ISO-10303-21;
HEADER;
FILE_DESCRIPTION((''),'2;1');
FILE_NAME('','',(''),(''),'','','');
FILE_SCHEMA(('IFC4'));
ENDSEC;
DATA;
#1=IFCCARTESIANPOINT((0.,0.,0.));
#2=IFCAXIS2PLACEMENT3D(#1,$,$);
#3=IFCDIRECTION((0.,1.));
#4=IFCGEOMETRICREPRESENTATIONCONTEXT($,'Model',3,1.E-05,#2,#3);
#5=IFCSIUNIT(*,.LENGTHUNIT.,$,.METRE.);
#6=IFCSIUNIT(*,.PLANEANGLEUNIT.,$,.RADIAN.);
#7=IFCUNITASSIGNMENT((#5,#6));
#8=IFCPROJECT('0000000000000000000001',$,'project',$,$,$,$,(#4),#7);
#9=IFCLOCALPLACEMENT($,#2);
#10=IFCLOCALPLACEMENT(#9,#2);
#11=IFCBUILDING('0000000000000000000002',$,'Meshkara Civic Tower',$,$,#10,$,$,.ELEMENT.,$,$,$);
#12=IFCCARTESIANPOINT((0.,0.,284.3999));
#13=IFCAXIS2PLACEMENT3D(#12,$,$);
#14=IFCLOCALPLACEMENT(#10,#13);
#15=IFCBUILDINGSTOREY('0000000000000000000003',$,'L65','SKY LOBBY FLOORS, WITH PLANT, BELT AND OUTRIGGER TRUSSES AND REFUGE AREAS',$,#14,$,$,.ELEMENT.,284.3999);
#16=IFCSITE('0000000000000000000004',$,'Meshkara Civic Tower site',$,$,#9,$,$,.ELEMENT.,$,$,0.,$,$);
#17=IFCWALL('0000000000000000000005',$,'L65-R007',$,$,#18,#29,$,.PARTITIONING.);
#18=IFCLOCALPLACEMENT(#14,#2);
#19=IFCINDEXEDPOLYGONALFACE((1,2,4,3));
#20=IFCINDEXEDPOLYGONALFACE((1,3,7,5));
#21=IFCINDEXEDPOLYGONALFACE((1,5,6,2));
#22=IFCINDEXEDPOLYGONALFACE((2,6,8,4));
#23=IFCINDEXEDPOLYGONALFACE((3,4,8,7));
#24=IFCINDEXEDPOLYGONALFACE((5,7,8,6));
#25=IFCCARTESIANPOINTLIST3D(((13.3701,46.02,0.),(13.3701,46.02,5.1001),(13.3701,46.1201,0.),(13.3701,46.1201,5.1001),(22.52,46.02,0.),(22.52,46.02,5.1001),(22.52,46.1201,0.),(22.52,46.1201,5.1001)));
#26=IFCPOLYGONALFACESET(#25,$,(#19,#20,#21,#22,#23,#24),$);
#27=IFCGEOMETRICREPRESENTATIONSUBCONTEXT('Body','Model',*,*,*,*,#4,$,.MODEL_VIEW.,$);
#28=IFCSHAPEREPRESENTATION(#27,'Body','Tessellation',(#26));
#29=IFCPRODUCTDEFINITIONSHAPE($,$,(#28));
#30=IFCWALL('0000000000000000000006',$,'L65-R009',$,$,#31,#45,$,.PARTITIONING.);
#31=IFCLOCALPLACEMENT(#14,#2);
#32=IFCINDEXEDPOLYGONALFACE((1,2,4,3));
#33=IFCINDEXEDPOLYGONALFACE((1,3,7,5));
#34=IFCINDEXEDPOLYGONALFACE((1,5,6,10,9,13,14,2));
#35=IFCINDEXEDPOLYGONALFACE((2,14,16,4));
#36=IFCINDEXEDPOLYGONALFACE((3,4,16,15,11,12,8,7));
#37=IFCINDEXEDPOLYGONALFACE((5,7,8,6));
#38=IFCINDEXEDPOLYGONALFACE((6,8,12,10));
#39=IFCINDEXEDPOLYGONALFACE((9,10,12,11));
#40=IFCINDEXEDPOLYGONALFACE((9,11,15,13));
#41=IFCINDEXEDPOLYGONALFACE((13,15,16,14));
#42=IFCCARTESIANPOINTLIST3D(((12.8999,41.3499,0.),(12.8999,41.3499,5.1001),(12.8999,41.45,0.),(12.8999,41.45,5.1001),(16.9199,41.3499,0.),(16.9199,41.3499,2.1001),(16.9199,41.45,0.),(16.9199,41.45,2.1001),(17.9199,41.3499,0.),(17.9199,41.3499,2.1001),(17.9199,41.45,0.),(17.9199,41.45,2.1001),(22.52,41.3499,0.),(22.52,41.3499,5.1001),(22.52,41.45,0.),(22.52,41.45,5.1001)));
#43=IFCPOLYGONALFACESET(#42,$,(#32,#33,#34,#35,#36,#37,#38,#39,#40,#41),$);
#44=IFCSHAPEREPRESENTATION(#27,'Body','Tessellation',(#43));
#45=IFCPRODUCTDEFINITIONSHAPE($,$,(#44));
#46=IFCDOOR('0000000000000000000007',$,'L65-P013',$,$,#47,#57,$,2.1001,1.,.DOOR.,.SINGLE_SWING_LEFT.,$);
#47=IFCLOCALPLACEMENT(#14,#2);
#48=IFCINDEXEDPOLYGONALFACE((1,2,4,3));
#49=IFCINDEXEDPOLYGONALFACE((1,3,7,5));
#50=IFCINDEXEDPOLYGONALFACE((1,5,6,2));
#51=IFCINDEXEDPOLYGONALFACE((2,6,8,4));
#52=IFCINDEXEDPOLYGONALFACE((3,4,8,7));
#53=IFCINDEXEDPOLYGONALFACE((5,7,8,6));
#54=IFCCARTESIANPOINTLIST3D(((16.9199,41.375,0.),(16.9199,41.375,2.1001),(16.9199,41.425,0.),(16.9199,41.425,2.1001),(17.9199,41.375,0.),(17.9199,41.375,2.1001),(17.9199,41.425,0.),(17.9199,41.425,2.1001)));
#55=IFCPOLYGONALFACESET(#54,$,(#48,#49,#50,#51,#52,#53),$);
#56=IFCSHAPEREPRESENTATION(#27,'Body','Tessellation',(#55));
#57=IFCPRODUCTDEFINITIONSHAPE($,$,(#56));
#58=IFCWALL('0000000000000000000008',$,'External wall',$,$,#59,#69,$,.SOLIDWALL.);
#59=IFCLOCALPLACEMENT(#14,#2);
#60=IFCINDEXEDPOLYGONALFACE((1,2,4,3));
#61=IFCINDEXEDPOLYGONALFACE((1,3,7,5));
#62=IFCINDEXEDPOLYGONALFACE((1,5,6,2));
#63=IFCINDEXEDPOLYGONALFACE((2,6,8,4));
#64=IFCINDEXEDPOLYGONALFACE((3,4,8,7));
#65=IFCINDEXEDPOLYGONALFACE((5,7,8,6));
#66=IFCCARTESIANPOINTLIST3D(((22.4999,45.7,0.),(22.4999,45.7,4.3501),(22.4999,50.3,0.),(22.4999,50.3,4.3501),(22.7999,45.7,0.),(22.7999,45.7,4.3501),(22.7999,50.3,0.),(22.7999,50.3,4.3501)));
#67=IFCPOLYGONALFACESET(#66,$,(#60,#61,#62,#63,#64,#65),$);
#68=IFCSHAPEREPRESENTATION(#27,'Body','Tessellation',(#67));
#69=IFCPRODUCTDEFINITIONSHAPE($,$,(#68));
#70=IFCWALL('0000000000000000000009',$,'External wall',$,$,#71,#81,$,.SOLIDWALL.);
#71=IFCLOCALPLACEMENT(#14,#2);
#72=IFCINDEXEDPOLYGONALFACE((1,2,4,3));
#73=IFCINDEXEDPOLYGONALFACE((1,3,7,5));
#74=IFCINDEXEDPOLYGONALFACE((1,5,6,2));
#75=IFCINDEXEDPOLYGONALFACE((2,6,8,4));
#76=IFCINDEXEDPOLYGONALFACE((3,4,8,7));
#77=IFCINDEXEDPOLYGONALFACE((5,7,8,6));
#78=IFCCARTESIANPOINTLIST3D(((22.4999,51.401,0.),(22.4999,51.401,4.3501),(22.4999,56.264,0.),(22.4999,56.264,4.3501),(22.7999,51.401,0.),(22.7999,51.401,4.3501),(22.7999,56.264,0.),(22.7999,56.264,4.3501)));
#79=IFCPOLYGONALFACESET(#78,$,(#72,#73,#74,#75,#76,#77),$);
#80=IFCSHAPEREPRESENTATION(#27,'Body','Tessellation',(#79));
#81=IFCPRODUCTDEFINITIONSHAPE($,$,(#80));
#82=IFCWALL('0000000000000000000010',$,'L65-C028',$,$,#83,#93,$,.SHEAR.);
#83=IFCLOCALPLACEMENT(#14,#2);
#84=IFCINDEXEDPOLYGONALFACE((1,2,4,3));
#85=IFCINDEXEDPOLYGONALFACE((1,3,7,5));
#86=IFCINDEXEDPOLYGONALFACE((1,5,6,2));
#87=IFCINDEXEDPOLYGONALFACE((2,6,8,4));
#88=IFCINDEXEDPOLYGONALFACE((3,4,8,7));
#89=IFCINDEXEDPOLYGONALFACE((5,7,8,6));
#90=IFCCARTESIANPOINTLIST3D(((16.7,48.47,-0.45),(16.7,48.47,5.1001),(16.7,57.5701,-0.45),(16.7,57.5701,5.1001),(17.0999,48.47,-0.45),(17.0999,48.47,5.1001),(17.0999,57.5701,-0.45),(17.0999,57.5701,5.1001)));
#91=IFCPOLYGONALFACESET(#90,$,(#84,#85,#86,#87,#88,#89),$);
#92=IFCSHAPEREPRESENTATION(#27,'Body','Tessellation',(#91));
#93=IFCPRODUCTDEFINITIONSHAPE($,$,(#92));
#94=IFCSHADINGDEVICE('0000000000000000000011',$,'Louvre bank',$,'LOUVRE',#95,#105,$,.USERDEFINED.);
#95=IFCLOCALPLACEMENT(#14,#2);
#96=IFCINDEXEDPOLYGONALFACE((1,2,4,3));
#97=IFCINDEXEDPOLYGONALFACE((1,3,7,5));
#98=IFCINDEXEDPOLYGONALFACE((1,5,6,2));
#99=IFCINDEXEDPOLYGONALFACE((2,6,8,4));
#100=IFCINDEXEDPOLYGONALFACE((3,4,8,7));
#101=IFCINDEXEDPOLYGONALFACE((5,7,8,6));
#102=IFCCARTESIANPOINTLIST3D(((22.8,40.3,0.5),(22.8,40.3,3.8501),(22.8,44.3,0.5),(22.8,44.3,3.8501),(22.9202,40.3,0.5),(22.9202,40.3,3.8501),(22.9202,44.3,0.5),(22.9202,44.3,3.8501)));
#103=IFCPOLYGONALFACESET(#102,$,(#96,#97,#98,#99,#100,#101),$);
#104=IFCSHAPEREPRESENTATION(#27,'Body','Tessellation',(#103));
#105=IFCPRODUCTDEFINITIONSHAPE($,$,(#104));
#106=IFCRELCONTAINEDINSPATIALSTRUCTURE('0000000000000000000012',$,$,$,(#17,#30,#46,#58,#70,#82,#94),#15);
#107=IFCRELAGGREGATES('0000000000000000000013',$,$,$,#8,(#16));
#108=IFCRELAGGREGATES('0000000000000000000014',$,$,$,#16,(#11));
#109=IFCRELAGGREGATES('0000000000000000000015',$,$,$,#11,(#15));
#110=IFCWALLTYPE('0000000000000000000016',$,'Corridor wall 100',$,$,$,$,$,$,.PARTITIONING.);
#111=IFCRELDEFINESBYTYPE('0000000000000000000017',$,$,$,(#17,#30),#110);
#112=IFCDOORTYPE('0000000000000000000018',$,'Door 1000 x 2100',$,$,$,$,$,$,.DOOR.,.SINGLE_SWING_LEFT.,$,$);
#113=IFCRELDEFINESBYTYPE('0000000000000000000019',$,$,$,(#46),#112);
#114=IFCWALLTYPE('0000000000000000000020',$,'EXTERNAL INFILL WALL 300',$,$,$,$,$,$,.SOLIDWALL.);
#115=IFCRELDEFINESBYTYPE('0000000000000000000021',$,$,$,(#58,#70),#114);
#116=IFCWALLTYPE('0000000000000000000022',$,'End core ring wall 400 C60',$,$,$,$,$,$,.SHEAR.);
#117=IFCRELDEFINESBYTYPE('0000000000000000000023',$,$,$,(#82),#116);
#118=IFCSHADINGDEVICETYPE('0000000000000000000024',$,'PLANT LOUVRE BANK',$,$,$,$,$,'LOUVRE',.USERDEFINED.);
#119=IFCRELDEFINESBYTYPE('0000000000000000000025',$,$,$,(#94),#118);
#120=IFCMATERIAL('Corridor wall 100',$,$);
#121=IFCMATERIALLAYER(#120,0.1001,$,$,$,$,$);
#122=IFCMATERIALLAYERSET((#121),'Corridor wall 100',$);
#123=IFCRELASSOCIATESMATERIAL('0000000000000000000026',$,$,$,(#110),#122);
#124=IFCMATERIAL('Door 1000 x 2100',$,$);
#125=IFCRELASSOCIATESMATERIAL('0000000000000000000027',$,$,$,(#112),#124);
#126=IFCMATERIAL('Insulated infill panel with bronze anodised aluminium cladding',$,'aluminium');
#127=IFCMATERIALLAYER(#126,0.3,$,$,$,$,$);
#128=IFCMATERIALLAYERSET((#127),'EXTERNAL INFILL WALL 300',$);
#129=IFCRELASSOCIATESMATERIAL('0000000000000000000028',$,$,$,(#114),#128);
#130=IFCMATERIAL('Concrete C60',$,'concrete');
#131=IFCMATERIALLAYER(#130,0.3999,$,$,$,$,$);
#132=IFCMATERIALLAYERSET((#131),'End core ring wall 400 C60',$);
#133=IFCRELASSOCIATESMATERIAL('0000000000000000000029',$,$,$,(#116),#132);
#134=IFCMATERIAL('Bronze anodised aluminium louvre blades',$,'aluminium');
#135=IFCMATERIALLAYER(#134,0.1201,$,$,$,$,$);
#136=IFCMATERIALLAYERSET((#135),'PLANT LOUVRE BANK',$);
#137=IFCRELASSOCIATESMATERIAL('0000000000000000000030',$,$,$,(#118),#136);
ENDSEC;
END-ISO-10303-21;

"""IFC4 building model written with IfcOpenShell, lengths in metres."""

from ifc_helpers import new_model, si_unit, direction, frame, frame_2d, origin, origin_2d, place, context, subcontext, project, spatial, rectangle, extrude, material, layer, layer_set, type_object, element, fill, save


model = new_model("IFC4")

# Units and contexts
model_context = context("Model", 3, precision=1e-05, world=origin(), true_north=direction((0.0, 1.0)))
body_context = subcontext(model_context, "Body", "Model", "MODEL_VIEW")
ifc_project = project(units=[si_unit("LENGTHUNIT", "METRE"), si_unit("PLANEANGLEUNIT", "RADIAN")], contexts=[model_context])

# Site, building, storey
site_placement = place(None, origin())
site = spatial("IfcSite", under=ifc_project, at=site_placement, Name="Meshkara Civic Tower site", CompositionType="ELEMENT", RefElevation=0.0)
building_placement = place(site_placement, origin())
building = spatial("IfcBuilding", under=site, at=building_placement, Name="Meshkara Civic Tower", CompositionType="ELEMENT")
storey_placement = place(building_placement, frame((0.0, 0.0, 284.3999)))
storey = spatial("IfcBuildingStorey", under=building, at=storey_placement, Name="L65", Description="SKY LOBBY FLOORS, WITH PLANT, BELT AND OUTRIGGER TRUSSES AND REFUGE AREAS", CompositionType="ELEMENT", Elevation=284.3999)

# Shared definitions
ifc_material_1 = material(Name="Corridor wall 100")
ifc_layer_1 = layer(ifc_material_1, 0.1001)
ifc_layer_set_1 = layer_set([ifc_layer_1], Name="Corridor wall 100")
wall_type_1 = type_object("IfcWallType", Name="Corridor wall 100", PredefinedType="PARTITIONING", material=ifc_layer_set_1)
ifc_material_2 = material(Name="Door 1000 x 2100")
door_type = type_object("IfcDoorType", Name="Door 1000 x 2100", OperationType="SINGLE_SWING_LEFT", PredefinedType="DOOR", material=ifc_material_2)

# Wall
wall_1_placement = place(storey_placement, frame((13.3701, 46.0701, 0.0), z_axis=(0.0, 0.0, 1.0), x_axis=(1.0, 0.0, 0.0)))
element("IfcWall", 1, at=wall_1_placement, inside=storey, type_object=wall_type_1, Name="L65-R007", PredefinedType="PARTITIONING", context=body_context, shape_type="SweptSolid", body=[
    extrude(rectangle(XDim=9.1499, YDim=0.1001, at=frame_2d((4.575, 0.0))), origin(), (0.0, 0.0, 1.0), 5.1001),
])

# Wall, opening, door
wall_2_placement = place(storey_placement, frame((22.52, 41.3999, 0.0), z_axis=(0.0, 0.0, 1.0), x_axis=(-1.0, 0.0, 0.0)))
wall_2 = element("IfcWall", 2, at=wall_2_placement, inside=storey, type_object=wall_type_1, Name="L65-R009", PredefinedType="PARTITIONING", context=body_context, shape_type="SweptSolid", body=[
    extrude(rectangle(XDim=9.6201, YDim=0.1001, at=frame_2d((4.8101, 0.0))), origin(), (0.0, 0.0, 1.0), 5.1001),
])
opening_1_placement = place(wall_2_placement, frame((4.6001, 0.0, 0.0)))
opening_1 = element("IfcOpeningElement", 3, at=opening_1_placement, cuts=wall_2, PredefinedType="OPENING", context=body_context, shape_type="SweptSolid", body=[
    extrude(rectangle(XDim=1.0, YDim=2.1001, at=frame_2d((0.5, 1.05))), frame((0.0, 0.0601, 0.0), z_axis=(0.0, -1.0, 0.0), x_axis=(1.0, 0.0, 0.0)), (0.0, 0.0, 1.0), 0.1201),
])
door_1_placement = place(opening_1_placement, origin())
door_1 = element("IfcDoor", 4, at=door_1_placement, inside=storey, type_object=door_type, Name="L65-P013", OperationType="SINGLE_SWING_LEFT", OverallHeight=2.1001, OverallWidth=1.0, PredefinedType="DOOR", context=body_context, shape_type="SweptSolid", body=[
    extrude(rectangle(XDim=1.0, YDim=2.1001, at=frame_2d((0.5, 1.05))), frame((0.0, 0.0249, 0.0), z_axis=(0.0, -1.0, 0.0), x_axis=(1.0, 0.0, 0.0)), (0.0, 0.0, 1.0), 0.05),
])
fill(opening_1, door_1)

# Walls
ifc_material_3 = material(Name="Insulated infill panel with bronze anodised aluminium cladding", Category="aluminium")
ifc_layer_2 = layer(ifc_material_3, 0.3)
ifc_layer_set_2 = layer_set([ifc_layer_2], Name="EXTERNAL INFILL WALL 300")
wall_type_2 = type_object("IfcWallType", Name="EXTERNAL INFILL WALL 300", PredefinedType="SOLIDWALL", material=ifc_layer_set_2)
wall_3_placement = place(storey_placement, frame((22.6499, 45.7, 0.0), z_axis=(0.0, 0.0, 1.0), x_axis=(0.0, 1.0, 0.0)))
element("IfcWall", 5, at=wall_3_placement, inside=storey, type_object=wall_type_2, Name="External wall", PredefinedType="SOLIDWALL", context=body_context, shape_type="SweptSolid", body=[
    extrude(rectangle(XDim=4.6001, YDim=0.3, at=frame_2d((2.3, 0.0))), origin(), (0.0, 0.0, 1.0), 4.3501),
])
wall_4_placement = place(storey_placement, frame((22.6499, 51.4009, 0.0), z_axis=(0.0, 0.0, 1.0), x_axis=(0.0, 1.0, 0.0)))
element("IfcWall", 6, at=wall_4_placement, inside=storey, type_object=wall_type_2, Name="External wall", PredefinedType="SOLIDWALL", context=body_context, shape_type="SweptSolid", body=[
    extrude(rectangle(XDim=4.863, YDim=0.3, at=frame_2d((2.4316, 0.0))), origin(), (0.0, 0.0, 1.0), 4.3501),
])
ifc_material_4 = material(Name="Concrete C60", Category="concrete")
ifc_layer_3 = layer(ifc_material_4, 0.3999)
ifc_layer_set_3 = layer_set([ifc_layer_3], Name="End core ring wall 400 C60")
wall_type_3 = type_object("IfcWallType", Name="End core ring wall 400 C60", PredefinedType="SHEAR", material=ifc_layer_set_3)
wall_5_placement = place(storey_placement, frame((16.8999, 48.47, -0.45), z_axis=(0.0, 0.0, 1.0), x_axis=(0.0, 1.0, 0.0)))
element("IfcWall", 7, at=wall_5_placement, inside=storey, type_object=wall_type_3, Name="L65-C028", PredefinedType="SHEAR", context=body_context, shape_type="SweptSolid", body=[
    extrude(rectangle(XDim=9.1001, YDim=0.3999, at=frame_2d((4.55, 0.0))), origin(), (0.0, 0.0, 1.0), 5.55),
])

# Shading device
ifc_material_5 = material(Name="Bronze anodised aluminium louvre blades", Category="aluminium")
ifc_layer_4 = layer(ifc_material_5, 0.1201)
ifc_layer_set_4 = layer_set([ifc_layer_4], Name="PLANT LOUVRE BANK")
shading_device_type = type_object("IfcShadingDeviceType", Name="PLANT LOUVRE BANK", ElementType="LOUVRE", PredefinedType="USERDEFINED", material=ifc_layer_set_4)
shading_device_placement = place(storey_placement, frame((22.8601, 42.3, 0.5), z_axis=(0.0, 0.0, 1.0), x_axis=(0.0, 1.0, 0.0)))
element("IfcShadingDevice", 8, at=shading_device_placement, inside=storey, type_object=shading_device_type, Name="Louvre bank", ObjectType="LOUVRE", PredefinedType="USERDEFINED", context=body_context, shape_type="SweptSolid", body=[
    extrude(rectangle(XDim=4.0, YDim=0.1201, at=origin_2d()), origin(), (0.0, 0.0, 1.0), 3.3501),
])

save(model, "model.ifc")
